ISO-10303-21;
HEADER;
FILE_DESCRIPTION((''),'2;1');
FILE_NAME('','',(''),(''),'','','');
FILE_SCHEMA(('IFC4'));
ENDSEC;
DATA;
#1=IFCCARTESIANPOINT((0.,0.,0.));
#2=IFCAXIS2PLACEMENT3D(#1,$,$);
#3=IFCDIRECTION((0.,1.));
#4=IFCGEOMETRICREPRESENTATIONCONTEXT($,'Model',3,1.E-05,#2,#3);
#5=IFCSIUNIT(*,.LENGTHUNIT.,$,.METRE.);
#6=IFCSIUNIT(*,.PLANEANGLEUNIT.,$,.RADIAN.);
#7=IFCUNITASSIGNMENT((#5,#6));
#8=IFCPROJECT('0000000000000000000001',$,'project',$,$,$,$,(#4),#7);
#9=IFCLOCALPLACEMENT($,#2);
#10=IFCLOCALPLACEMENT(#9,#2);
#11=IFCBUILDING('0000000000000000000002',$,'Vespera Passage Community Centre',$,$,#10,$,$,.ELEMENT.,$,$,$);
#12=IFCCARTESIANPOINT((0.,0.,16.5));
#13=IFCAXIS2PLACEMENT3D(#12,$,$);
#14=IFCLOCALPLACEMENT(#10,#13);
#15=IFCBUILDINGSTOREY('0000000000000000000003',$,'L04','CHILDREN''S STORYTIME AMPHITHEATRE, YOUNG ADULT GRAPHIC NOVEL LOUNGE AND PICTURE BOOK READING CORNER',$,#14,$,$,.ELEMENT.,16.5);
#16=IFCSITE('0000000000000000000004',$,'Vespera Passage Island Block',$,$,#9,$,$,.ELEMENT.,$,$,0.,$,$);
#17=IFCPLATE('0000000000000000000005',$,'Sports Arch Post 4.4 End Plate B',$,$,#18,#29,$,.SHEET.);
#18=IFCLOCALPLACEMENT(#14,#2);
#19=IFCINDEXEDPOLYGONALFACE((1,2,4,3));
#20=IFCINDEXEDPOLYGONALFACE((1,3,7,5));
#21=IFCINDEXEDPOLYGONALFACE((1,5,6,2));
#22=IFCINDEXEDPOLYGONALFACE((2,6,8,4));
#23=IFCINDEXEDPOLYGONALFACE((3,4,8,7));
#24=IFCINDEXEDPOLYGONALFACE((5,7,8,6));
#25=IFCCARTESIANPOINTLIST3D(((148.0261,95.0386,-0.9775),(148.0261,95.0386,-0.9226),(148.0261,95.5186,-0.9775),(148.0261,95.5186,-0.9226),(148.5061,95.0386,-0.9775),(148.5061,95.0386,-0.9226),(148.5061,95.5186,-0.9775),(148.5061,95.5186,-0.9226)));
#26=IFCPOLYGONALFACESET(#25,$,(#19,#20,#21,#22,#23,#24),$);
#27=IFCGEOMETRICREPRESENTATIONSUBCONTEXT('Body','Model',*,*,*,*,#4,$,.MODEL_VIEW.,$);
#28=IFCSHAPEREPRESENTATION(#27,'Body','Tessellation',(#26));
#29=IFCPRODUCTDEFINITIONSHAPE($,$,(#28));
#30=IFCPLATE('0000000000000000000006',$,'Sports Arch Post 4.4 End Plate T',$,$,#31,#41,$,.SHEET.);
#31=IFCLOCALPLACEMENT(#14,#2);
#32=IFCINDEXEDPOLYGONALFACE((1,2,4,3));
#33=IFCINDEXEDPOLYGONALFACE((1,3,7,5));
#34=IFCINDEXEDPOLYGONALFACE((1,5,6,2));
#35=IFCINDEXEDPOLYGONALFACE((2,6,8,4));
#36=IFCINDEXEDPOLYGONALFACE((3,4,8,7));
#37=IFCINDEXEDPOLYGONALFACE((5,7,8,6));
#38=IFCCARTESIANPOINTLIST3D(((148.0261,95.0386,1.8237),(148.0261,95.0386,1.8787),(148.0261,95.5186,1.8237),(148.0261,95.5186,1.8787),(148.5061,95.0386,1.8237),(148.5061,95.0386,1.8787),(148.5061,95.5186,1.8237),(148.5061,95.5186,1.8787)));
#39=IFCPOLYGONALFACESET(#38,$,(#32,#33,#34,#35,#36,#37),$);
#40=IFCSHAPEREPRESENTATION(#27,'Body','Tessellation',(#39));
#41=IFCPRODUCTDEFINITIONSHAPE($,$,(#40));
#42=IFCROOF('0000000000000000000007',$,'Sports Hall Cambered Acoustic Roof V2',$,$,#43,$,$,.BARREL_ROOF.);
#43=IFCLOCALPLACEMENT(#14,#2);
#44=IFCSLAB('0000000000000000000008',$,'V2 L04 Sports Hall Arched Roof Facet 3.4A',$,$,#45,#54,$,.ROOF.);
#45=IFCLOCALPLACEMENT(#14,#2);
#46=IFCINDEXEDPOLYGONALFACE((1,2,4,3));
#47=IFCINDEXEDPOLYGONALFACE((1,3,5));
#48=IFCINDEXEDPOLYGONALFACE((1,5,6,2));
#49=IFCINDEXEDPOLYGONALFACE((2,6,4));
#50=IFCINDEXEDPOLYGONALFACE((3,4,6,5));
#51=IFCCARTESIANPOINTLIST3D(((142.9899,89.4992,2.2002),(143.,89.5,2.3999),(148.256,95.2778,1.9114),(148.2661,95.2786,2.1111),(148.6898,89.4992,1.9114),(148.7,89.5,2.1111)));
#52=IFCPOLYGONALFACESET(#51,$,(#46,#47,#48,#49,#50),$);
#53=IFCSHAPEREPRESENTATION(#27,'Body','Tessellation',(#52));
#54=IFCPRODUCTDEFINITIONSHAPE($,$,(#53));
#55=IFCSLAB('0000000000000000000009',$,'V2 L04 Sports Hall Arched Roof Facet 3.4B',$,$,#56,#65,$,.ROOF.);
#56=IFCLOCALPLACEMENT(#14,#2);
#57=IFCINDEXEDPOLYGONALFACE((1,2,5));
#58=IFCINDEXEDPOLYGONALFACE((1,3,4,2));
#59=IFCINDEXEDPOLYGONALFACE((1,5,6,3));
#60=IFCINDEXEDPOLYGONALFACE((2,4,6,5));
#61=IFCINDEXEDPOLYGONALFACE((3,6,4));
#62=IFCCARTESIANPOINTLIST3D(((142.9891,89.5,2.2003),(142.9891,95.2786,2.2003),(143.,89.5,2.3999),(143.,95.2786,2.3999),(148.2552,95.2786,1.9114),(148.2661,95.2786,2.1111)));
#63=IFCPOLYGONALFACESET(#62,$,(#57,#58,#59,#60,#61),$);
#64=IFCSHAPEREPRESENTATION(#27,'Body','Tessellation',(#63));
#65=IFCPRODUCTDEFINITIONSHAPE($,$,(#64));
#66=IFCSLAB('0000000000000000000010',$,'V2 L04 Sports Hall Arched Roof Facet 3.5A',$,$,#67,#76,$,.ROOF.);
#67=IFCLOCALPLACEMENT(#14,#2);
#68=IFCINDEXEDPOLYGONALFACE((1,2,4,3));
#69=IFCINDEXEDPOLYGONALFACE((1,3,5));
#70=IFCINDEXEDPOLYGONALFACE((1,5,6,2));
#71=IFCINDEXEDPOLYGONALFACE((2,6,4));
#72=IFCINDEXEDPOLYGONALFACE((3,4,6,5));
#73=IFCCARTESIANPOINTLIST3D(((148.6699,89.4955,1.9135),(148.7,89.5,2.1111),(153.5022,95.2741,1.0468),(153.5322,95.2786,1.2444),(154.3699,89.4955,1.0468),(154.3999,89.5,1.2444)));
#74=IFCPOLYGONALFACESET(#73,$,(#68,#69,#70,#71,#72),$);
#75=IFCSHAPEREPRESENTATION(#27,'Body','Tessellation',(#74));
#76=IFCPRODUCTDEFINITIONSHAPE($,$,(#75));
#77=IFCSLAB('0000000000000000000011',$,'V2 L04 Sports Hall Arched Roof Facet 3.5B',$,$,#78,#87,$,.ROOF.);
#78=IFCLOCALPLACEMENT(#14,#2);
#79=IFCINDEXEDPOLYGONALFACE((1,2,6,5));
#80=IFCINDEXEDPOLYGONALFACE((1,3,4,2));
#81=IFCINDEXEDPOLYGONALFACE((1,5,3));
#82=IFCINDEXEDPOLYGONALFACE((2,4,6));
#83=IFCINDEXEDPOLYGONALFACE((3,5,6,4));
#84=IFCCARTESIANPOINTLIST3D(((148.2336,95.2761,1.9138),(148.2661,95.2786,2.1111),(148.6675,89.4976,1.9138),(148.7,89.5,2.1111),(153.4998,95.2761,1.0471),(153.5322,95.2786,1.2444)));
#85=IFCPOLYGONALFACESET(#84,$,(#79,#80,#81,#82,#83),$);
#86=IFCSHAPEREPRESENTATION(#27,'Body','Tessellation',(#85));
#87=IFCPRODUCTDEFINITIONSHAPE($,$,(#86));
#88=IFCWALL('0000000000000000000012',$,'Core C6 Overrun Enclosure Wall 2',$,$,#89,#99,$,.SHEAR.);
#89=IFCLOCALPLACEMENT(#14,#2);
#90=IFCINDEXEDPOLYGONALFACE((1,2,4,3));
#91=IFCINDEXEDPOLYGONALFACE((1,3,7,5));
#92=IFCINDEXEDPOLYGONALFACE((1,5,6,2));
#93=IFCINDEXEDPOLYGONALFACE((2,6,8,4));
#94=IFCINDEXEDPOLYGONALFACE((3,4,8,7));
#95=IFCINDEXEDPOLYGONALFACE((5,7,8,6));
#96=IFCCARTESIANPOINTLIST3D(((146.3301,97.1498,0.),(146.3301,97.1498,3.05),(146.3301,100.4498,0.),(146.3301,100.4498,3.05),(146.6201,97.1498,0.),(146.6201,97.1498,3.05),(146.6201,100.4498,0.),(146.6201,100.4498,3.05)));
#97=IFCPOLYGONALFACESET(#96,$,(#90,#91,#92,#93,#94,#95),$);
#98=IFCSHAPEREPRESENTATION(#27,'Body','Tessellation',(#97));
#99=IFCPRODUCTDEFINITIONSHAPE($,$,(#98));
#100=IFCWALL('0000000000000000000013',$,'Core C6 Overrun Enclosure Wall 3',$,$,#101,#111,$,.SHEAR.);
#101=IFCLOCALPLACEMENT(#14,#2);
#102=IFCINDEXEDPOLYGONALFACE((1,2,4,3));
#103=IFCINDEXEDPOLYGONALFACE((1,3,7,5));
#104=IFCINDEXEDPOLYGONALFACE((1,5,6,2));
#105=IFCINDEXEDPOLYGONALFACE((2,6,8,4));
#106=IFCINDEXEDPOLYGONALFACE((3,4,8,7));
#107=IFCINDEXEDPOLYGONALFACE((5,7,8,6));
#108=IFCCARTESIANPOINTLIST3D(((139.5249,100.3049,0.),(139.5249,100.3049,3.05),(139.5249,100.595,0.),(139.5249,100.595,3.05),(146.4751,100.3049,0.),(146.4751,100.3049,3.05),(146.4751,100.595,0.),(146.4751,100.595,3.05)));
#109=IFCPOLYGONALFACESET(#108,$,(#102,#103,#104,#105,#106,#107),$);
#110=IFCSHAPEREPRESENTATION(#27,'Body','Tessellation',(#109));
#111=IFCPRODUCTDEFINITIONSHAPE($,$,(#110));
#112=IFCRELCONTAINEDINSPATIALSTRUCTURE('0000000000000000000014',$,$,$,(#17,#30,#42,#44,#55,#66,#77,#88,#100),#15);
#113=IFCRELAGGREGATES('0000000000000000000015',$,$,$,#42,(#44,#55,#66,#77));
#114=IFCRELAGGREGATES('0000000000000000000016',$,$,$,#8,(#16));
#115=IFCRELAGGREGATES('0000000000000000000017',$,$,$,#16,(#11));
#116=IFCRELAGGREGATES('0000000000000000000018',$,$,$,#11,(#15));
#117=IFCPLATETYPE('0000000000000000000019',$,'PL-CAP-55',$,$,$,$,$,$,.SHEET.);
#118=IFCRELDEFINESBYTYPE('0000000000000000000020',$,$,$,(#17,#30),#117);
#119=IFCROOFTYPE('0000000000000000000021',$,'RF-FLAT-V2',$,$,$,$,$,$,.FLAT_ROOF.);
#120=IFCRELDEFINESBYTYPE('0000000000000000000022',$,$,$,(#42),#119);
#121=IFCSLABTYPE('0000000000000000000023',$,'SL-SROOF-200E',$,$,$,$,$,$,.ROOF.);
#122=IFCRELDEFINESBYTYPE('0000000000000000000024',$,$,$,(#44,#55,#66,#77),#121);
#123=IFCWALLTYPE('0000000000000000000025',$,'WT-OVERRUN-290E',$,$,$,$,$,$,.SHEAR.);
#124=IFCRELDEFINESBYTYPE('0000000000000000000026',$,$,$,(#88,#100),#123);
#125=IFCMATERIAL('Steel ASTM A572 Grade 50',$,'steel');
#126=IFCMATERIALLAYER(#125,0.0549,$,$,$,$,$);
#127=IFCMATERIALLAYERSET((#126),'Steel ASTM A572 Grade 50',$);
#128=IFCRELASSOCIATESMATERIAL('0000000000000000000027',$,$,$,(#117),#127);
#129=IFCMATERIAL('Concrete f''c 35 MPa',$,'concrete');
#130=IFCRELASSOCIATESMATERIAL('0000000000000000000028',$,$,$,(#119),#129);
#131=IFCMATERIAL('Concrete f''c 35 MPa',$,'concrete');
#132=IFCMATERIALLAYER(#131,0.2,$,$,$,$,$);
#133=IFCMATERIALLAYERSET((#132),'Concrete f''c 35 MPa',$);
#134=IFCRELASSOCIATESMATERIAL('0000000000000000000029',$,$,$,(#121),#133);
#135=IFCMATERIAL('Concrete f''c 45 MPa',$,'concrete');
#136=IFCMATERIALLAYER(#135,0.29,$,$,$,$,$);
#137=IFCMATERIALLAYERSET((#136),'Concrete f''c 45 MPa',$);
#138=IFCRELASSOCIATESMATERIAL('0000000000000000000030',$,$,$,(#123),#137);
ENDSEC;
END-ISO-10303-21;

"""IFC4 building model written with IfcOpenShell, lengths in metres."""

from ifc_helpers import new_model, si_unit, direction, frame, frame_2d, origin, origin_2d, place, context, subcontext, project, spatial, polyline, rectangle, outline, extrude, material, layer, layer_set, type_object, element, aggregate, save


model = new_model("IFC4")

# Units and contexts
model_context = context("Model", 3, precision=1e-05, world=origin(), true_north=direction((0.0, 1.0)))
body_context = subcontext(model_context, "Body", "Model", "MODEL_VIEW")
ifc_project = project(units=[si_unit("LENGTHUNIT", "METRE"), si_unit("PLANEANGLEUNIT", "RADIAN")], contexts=[model_context])

# Site, building, storey
site_placement = place(None, origin())
site = spatial("IfcSite", under=ifc_project, at=site_placement, Name="Vespera Passage Island Block", CompositionType="ELEMENT", RefElevation=0.0)
building_placement = place(site_placement, origin())
building = spatial("IfcBuilding", under=site, at=building_placement, Name="Vespera Passage Community Centre", CompositionType="ELEMENT")
storey_placement = place(building_placement, frame((0.0, 0.0, 16.5)))
storey = spatial("IfcBuildingStorey", under=building, at=storey_placement, Name="L04", Description="CHILDREN'S STORYTIME AMPHITHEATRE, YOUNG ADULT GRAPHIC NOVEL LOUNGE AND PICTURE BOOK READING CORNER", CompositionType="ELEMENT", Elevation=16.5)

# Plates
ifc_material_1 = material(Name="Steel ASTM A572 Grade 50", Category="steel")
ifc_layer_1 = layer(ifc_material_1, 0.0549)
ifc_layer_set_1 = layer_set([ifc_layer_1], Name="Steel ASTM A572 Grade 50")
plate_type = type_object("IfcPlateType", Name="PL-CAP-55", PredefinedType="SHEET", material=ifc_layer_set_1)
for number, where, z_axis, x_axis, name in (
    (1, (148.2661, 95.2786, -0.9775), (0.0, 0.0, 1.0), (1.0, 0.0, 0.0), "Sports Arch Post 4.4 End Plate B"),
    (2, (148.2661, 95.2786, 1.8237), (0.0, 0.0, 1.0), (1.0, 0.0, 0.0), "Sports Arch Post 4.4 End Plate T"),
):
    element("IfcPlate", number, at=place(storey_placement, frame(where, z_axis=z_axis, x_axis=x_axis)), inside=storey, type_object=plate_type, Name=name, PredefinedType="SHEET", context=body_context, shape_type="SweptSolid", body=[
        extrude(rectangle(XDim=0.48, YDim=0.48, at=origin_2d()), origin(), (0.0, 0.0, 1.0), 0.0549),
    ])

# Roof, slabs
ifc_material_2 = material(Name="Concrete f'c 35 MPa", Category="concrete")
roof_type = type_object("IfcRoofType", Name="RF-FLAT-V2", PredefinedType="FLAT_ROOF", material=ifc_material_2)
roof_placement = place(storey_placement, origin())
roof = element("IfcRoof", 3, at=roof_placement, inside=storey, type_object=roof_type, Name="Sports Hall Cambered Acoustic Roof V2", PredefinedType="BARREL_ROOF")
ifc_material_3 = material(Name="Concrete f'c 35 MPa", Category="concrete")
ifc_layer_2 = layer(ifc_material_3, 0.2)
ifc_layer_set_2 = layer_set([ifc_layer_2], Name="Concrete f'c 35 MPa")
slab_type = type_object("IfcSlabType", Name="SL-SROOF-200E", PredefinedType="ROOF", material=ifc_layer_set_2)
slab_1_placement = place(storey_placement, frame((143.0, 89.5, 2.3999), z_axis=(0.050605, 0.003799, 0.998712), x_axis=(0.998719, 0.0, -0.050605)))
slab_1 = element("IfcSlab", 4, at=slab_1_placement, inside=storey, type_object=slab_type, Name="V2 L04 Sports Hall Arched Roof Facet 3.4A", PredefinedType="ROOF", context=body_context, shape_type="SweptSolid", body=[
    extrude(outline(polyline([(0.0, 0.0), (5.7073, 0.0), (5.274, 5.7786), (0.0, 0.0)])), origin(), (0.0, 0.0, -1.0), 0.2),
])
slab_2_placement = place(storey_placement, frame((143.0, 89.5, 2.3999), z_axis=(0.054762, 0.0, 0.998499), x_axis=(0.673115, 0.738616, -0.036917)))
slab_2 = element("IfcSlab", 5, at=slab_2_placement, inside=storey, type_object=slab_type, Name="V2 L04 Sports Hall Arched Roof Facet 3.4B", PredefinedType="ROOF", context=body_context, shape_type="SweptSolid", body=[
    extrude(outline(polyline([(0.0, 0.0), (7.8235, 0.0), (4.2681, 3.8955), (0.0, 0.0)])), origin(), (0.0, 0.0, -1.0), 0.2),
])
slab_3_placement = place(storey_placement, frame((148.7, 89.5, 2.1111), z_axis=(0.150288, 0.022566, 0.988385), x_axis=(0.988636, 0.0, -0.150326)))
slab_3 = element("IfcSlab", 6, at=slab_3_placement, inside=storey, type_object=slab_type, Name="V2 L04 Sports Hall Arched Roof Facet 3.5A", PredefinedType="ROOF", context=body_context, shape_type="SweptSolid", body=[
    extrude(outline(polyline([(0.0, 0.0), (5.7655, 0.0), (4.9077, 5.78), (0.0, 0.0)])), origin(), (0.0, 0.0, -1.0), 0.2),
])
slab_4_placement = place(storey_placement, frame((148.7, 89.5, 2.1111), z_axis=(0.162384, 0.012191, 0.986652), x_axis=(0.637296, 0.762095, -0.114303)))
slab_4 = element("IfcSlab", 7, at=slab_4_placement, inside=storey, type_object=slab_type, Name="V2 L04 Sports Hall Arched Roof Facet 3.5B", PredefinedType="ROOF", context=body_context, shape_type="SweptSolid", body=[
    extrude(outline(polyline([(0.0, 0.0), (7.5825, 0.0), (4.1273, 4.0676), (0.0, 0.0)])), origin(), (0.0, 0.0, -1.0), 0.2),
])
aggregate(roof, [slab_1, slab_2, slab_3, slab_4])

# Walls
ifc_material_4 = material(Name="Concrete f'c 45 MPa", Category="concrete")
ifc_layer_3 = layer(ifc_material_4, 0.29)
ifc_layer_set_3 = layer_set([ifc_layer_3], Name="Concrete f'c 45 MPa")
wall_type = type_object("IfcWallType", Name="WT-OVERRUN-290E", PredefinedType="SHEAR", material=ifc_layer_set_3)
wall_1_placement = place(storey_placement, frame((146.4751, 97.1499, 0.0), z_axis=(0.0, 0.0, 1.0), x_axis=(0.0, 1.0, 0.0)))
element("IfcWall", 8, at=wall_1_placement, inside=storey, type_object=wall_type, Name="Core C6 Overrun Enclosure Wall 2", PredefinedType="SHEAR", context=body_context, shape_type="SweptSolid", body=[
    extrude(rectangle(XDim=3.3, YDim=0.29, at=frame_2d((1.6499, 0.0))), origin(), (0.0, 0.0, 1.0), 3.05),
])
wall_2_placement = place(storey_placement, frame((146.4751, 100.45, 0.0), z_axis=(0.0, 0.0, 1.0), x_axis=(-1.0, 0.0, 0.0)))
element("IfcWall", 9, at=wall_2_placement, inside=storey, type_object=wall_type, Name="Core C6 Overrun Enclosure Wall 3", PredefinedType="SHEAR", context=body_context, shape_type="SweptSolid", body=[
    extrude(rectangle(XDim=6.9502, YDim=0.29, at=frame_2d((3.4751, 0.0))), origin(), (0.0, 0.0, 1.0), 3.05),
])

save(model, "model.ifc")
